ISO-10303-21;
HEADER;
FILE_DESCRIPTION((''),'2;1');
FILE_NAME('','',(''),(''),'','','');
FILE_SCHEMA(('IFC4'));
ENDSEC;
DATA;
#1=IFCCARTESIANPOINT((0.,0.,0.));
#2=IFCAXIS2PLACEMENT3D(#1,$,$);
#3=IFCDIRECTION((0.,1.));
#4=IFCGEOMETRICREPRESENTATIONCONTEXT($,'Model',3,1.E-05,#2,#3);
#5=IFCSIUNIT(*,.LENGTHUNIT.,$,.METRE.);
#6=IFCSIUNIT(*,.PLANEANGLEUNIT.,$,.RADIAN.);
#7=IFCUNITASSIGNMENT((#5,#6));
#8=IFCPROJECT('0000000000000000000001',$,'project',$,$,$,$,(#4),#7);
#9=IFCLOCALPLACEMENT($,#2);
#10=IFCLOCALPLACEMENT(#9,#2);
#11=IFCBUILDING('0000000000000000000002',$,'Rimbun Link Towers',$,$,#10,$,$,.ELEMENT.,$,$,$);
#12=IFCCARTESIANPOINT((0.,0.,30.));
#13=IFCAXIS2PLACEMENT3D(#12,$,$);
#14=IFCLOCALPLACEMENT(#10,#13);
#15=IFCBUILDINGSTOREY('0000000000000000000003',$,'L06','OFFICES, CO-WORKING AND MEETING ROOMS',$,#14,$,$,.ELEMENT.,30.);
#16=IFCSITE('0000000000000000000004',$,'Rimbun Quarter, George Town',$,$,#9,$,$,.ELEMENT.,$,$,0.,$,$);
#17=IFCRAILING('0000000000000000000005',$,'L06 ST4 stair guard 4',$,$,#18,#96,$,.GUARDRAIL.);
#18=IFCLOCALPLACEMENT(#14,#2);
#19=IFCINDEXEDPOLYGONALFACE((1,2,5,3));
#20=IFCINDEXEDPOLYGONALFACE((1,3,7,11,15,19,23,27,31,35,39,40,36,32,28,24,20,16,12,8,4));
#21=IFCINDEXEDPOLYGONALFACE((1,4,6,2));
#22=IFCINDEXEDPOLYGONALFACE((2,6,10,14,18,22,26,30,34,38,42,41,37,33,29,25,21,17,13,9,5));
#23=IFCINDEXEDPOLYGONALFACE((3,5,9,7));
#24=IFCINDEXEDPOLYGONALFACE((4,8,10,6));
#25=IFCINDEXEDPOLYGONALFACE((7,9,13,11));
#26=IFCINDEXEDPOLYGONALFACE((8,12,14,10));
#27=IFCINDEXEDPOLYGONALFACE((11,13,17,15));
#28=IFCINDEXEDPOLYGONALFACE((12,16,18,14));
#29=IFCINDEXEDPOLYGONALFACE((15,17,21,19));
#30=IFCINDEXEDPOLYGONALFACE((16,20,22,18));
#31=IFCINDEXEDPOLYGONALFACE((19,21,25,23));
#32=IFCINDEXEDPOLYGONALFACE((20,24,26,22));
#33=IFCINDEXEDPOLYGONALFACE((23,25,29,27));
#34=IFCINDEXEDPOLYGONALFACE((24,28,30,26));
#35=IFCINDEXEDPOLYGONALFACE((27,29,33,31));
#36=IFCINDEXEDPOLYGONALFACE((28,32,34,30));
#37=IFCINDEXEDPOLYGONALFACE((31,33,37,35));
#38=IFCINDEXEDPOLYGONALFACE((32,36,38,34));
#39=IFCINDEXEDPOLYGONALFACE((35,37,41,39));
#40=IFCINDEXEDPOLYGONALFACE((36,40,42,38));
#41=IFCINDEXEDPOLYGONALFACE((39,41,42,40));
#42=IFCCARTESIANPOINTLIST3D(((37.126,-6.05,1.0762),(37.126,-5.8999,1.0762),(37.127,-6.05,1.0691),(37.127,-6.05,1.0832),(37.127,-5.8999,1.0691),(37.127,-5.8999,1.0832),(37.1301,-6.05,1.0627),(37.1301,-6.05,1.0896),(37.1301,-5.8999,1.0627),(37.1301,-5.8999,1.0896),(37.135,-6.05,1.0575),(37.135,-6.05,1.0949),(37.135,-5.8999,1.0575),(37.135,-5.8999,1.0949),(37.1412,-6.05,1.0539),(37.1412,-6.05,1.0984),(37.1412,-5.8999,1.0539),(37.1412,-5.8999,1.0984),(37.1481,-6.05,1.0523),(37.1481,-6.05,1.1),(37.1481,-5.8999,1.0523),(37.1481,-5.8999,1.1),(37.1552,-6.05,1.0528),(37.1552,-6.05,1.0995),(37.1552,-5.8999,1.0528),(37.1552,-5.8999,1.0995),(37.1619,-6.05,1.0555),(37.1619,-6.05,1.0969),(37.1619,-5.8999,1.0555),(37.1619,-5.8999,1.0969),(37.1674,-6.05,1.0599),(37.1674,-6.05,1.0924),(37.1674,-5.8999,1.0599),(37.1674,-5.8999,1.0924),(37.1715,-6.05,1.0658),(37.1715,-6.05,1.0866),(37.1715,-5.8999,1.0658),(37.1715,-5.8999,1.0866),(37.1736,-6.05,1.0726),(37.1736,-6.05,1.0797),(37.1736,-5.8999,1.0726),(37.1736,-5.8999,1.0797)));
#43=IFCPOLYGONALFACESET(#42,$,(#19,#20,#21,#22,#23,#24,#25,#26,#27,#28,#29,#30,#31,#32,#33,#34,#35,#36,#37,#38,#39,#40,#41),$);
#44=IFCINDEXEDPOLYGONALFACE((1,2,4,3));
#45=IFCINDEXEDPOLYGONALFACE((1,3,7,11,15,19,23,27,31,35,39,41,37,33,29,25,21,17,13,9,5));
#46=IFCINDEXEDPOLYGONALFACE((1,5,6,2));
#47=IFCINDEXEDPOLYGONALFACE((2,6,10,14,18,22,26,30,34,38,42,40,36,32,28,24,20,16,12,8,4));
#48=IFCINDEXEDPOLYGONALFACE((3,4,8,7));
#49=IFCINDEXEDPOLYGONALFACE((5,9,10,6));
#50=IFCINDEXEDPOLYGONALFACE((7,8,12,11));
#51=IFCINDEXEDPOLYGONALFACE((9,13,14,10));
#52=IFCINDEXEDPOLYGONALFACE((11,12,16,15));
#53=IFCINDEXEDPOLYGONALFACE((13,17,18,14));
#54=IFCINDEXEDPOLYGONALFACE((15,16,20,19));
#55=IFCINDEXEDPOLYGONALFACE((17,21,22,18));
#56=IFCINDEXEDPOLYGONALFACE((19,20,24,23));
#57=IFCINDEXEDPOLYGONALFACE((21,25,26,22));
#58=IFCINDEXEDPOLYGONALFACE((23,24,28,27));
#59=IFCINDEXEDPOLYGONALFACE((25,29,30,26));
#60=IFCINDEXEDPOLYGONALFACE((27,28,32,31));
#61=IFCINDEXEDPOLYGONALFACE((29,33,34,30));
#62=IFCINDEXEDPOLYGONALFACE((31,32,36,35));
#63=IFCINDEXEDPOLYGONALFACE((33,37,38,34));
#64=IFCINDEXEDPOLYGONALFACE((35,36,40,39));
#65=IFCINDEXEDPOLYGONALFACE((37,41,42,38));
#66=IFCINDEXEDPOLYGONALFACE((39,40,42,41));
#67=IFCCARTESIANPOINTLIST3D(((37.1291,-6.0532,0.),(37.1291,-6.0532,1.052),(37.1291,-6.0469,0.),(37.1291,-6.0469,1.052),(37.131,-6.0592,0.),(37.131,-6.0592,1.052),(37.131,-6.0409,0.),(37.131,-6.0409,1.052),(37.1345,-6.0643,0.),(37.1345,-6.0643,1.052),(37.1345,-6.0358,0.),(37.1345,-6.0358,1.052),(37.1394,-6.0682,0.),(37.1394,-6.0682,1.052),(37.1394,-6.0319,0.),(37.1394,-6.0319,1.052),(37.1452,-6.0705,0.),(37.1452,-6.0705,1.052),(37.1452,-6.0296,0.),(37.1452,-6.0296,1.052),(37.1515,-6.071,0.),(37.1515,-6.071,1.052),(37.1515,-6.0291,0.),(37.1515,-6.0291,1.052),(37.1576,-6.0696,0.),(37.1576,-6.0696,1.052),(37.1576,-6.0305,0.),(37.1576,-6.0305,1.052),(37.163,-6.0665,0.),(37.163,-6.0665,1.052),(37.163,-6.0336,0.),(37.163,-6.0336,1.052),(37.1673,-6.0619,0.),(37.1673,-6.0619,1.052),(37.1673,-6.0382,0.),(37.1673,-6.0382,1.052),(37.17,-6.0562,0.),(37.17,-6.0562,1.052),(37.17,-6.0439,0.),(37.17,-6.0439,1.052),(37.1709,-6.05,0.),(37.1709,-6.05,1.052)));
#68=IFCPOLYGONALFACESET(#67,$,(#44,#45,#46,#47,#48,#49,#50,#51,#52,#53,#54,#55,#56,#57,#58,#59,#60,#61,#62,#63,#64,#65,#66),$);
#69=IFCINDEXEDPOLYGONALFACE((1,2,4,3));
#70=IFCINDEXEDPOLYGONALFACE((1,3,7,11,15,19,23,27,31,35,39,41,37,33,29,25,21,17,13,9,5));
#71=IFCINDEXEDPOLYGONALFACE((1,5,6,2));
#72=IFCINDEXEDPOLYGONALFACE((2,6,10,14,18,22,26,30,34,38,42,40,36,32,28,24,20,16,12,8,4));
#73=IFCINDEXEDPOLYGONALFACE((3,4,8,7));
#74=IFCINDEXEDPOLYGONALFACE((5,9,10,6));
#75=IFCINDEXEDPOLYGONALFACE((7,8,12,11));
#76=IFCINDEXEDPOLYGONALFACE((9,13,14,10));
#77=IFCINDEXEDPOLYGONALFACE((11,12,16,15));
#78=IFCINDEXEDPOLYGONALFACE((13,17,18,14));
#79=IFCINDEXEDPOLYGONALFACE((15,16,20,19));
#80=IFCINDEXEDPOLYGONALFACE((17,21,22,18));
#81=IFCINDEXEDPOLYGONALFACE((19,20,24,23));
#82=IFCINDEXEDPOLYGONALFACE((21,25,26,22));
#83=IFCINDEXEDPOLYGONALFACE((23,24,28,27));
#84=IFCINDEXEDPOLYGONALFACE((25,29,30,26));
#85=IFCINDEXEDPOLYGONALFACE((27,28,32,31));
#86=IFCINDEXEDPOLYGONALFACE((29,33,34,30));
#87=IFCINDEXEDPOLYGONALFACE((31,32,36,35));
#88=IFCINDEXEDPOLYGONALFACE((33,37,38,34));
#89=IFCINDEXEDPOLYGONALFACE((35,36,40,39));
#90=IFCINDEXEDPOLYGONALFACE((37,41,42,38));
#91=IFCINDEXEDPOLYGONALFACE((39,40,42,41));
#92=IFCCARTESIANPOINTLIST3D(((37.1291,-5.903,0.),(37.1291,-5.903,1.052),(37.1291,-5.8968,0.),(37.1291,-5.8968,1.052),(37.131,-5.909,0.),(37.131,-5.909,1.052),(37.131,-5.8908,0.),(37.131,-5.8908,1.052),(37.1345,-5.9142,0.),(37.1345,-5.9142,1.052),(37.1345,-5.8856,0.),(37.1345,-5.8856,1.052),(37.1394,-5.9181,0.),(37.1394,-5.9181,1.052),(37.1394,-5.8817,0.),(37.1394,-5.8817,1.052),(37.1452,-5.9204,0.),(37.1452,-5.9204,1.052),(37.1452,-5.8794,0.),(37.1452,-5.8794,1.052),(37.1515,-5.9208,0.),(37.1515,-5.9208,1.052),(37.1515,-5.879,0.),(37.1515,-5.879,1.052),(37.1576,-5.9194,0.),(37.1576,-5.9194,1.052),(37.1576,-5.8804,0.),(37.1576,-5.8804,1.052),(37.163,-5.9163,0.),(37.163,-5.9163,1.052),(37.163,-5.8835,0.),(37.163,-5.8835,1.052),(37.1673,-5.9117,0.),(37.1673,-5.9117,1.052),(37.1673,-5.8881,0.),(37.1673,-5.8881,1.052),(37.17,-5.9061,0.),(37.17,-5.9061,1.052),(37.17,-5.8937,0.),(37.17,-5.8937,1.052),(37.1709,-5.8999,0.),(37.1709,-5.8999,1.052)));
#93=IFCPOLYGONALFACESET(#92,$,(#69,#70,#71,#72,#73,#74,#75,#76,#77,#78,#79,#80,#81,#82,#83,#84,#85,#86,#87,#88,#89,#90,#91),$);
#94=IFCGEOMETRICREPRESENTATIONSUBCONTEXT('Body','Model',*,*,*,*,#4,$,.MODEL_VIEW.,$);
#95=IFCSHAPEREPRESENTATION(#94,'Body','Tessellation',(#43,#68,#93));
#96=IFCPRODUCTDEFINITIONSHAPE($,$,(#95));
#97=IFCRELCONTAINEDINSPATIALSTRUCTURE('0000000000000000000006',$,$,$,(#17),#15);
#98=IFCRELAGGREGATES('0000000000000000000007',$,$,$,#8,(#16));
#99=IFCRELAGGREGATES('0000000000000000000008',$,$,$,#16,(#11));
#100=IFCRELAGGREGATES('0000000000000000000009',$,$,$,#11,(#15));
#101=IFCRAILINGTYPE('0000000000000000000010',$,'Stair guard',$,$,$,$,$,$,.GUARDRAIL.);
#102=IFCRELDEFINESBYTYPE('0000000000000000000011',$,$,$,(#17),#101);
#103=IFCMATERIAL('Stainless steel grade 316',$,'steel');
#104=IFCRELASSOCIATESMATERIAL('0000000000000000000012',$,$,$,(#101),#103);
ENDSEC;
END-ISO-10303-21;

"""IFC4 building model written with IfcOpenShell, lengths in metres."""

from ifc_helpers import new_model, si_unit, direction, frame, origin, origin_2d, place, context, subcontext, project, spatial, circle, extrude, material, type_object, element, save


model = new_model("IFC4")

# Units and contexts
model_context = context("Model", 3, precision=1e-05, world=origin(), true_north=direction((0.0, 1.0)))
body_context = subcontext(model_context, "Body", "Model", "MODEL_VIEW")
ifc_project = project(units=[si_unit("LENGTHUNIT", "METRE"), si_unit("PLANEANGLEUNIT", "RADIAN")], contexts=[model_context])

# Site, building, storey
site_placement = place(None, origin())
site = spatial("IfcSite", under=ifc_project, at=site_placement, Name="Rimbun Quarter, George Town", CompositionType="ELEMENT", RefElevation=0.0)
building_placement = place(site_placement, origin())
building = spatial("IfcBuilding", under=site, at=building_placement, Name="Rimbun Link Towers", CompositionType="ELEMENT")
storey_placement = place(building_placement, frame((0.0, 0.0, 30.0)))
storey = spatial("IfcBuildingStorey", under=building, at=storey_placement, Name="L06", Description="OFFICES, CO-WORKING AND MEETING ROOMS", CompositionType="ELEMENT", Elevation=30.0)

# Railing
ifc_material_1 = material(Name="Stainless steel grade 316", Category="steel")
railing_type_1 = type_object("IfcRailingType", Name="Stair guard", PredefinedType="GUARDRAIL", material=ifc_material_1)
railing_1_placement = place(storey_placement, frame((37.1499, -6.05, 0.0)))
element("IfcRailing", 1, at=railing_1_placement, inside=storey, type_object=railing_type_1, Name="L06 ST4 stair guard 4", PredefinedType="GUARDRAIL", context=body_context, shape_type="SweptSolid", body=[
    extrude(circle(Radius=0.0239, at=origin_2d()), frame((0.0, 0.0, 1.0762), z_axis=(0.0, 1.0, 0.0), x_axis=(-1.0, 0.0, 0.0)), (0.0, 0.0, 1.0), 0.1501),
    extrude(circle(Radius=0.021, at=origin_2d()), origin(), (0.0, 0.0, 1.0), 1.052),
    extrude(circle(Radius=0.021, at=origin_2d()), frame((0.0, 0.1501, 0.0)), (0.0, 0.0, 1.0), 1.052),
])

save(model, "model.ifc")
